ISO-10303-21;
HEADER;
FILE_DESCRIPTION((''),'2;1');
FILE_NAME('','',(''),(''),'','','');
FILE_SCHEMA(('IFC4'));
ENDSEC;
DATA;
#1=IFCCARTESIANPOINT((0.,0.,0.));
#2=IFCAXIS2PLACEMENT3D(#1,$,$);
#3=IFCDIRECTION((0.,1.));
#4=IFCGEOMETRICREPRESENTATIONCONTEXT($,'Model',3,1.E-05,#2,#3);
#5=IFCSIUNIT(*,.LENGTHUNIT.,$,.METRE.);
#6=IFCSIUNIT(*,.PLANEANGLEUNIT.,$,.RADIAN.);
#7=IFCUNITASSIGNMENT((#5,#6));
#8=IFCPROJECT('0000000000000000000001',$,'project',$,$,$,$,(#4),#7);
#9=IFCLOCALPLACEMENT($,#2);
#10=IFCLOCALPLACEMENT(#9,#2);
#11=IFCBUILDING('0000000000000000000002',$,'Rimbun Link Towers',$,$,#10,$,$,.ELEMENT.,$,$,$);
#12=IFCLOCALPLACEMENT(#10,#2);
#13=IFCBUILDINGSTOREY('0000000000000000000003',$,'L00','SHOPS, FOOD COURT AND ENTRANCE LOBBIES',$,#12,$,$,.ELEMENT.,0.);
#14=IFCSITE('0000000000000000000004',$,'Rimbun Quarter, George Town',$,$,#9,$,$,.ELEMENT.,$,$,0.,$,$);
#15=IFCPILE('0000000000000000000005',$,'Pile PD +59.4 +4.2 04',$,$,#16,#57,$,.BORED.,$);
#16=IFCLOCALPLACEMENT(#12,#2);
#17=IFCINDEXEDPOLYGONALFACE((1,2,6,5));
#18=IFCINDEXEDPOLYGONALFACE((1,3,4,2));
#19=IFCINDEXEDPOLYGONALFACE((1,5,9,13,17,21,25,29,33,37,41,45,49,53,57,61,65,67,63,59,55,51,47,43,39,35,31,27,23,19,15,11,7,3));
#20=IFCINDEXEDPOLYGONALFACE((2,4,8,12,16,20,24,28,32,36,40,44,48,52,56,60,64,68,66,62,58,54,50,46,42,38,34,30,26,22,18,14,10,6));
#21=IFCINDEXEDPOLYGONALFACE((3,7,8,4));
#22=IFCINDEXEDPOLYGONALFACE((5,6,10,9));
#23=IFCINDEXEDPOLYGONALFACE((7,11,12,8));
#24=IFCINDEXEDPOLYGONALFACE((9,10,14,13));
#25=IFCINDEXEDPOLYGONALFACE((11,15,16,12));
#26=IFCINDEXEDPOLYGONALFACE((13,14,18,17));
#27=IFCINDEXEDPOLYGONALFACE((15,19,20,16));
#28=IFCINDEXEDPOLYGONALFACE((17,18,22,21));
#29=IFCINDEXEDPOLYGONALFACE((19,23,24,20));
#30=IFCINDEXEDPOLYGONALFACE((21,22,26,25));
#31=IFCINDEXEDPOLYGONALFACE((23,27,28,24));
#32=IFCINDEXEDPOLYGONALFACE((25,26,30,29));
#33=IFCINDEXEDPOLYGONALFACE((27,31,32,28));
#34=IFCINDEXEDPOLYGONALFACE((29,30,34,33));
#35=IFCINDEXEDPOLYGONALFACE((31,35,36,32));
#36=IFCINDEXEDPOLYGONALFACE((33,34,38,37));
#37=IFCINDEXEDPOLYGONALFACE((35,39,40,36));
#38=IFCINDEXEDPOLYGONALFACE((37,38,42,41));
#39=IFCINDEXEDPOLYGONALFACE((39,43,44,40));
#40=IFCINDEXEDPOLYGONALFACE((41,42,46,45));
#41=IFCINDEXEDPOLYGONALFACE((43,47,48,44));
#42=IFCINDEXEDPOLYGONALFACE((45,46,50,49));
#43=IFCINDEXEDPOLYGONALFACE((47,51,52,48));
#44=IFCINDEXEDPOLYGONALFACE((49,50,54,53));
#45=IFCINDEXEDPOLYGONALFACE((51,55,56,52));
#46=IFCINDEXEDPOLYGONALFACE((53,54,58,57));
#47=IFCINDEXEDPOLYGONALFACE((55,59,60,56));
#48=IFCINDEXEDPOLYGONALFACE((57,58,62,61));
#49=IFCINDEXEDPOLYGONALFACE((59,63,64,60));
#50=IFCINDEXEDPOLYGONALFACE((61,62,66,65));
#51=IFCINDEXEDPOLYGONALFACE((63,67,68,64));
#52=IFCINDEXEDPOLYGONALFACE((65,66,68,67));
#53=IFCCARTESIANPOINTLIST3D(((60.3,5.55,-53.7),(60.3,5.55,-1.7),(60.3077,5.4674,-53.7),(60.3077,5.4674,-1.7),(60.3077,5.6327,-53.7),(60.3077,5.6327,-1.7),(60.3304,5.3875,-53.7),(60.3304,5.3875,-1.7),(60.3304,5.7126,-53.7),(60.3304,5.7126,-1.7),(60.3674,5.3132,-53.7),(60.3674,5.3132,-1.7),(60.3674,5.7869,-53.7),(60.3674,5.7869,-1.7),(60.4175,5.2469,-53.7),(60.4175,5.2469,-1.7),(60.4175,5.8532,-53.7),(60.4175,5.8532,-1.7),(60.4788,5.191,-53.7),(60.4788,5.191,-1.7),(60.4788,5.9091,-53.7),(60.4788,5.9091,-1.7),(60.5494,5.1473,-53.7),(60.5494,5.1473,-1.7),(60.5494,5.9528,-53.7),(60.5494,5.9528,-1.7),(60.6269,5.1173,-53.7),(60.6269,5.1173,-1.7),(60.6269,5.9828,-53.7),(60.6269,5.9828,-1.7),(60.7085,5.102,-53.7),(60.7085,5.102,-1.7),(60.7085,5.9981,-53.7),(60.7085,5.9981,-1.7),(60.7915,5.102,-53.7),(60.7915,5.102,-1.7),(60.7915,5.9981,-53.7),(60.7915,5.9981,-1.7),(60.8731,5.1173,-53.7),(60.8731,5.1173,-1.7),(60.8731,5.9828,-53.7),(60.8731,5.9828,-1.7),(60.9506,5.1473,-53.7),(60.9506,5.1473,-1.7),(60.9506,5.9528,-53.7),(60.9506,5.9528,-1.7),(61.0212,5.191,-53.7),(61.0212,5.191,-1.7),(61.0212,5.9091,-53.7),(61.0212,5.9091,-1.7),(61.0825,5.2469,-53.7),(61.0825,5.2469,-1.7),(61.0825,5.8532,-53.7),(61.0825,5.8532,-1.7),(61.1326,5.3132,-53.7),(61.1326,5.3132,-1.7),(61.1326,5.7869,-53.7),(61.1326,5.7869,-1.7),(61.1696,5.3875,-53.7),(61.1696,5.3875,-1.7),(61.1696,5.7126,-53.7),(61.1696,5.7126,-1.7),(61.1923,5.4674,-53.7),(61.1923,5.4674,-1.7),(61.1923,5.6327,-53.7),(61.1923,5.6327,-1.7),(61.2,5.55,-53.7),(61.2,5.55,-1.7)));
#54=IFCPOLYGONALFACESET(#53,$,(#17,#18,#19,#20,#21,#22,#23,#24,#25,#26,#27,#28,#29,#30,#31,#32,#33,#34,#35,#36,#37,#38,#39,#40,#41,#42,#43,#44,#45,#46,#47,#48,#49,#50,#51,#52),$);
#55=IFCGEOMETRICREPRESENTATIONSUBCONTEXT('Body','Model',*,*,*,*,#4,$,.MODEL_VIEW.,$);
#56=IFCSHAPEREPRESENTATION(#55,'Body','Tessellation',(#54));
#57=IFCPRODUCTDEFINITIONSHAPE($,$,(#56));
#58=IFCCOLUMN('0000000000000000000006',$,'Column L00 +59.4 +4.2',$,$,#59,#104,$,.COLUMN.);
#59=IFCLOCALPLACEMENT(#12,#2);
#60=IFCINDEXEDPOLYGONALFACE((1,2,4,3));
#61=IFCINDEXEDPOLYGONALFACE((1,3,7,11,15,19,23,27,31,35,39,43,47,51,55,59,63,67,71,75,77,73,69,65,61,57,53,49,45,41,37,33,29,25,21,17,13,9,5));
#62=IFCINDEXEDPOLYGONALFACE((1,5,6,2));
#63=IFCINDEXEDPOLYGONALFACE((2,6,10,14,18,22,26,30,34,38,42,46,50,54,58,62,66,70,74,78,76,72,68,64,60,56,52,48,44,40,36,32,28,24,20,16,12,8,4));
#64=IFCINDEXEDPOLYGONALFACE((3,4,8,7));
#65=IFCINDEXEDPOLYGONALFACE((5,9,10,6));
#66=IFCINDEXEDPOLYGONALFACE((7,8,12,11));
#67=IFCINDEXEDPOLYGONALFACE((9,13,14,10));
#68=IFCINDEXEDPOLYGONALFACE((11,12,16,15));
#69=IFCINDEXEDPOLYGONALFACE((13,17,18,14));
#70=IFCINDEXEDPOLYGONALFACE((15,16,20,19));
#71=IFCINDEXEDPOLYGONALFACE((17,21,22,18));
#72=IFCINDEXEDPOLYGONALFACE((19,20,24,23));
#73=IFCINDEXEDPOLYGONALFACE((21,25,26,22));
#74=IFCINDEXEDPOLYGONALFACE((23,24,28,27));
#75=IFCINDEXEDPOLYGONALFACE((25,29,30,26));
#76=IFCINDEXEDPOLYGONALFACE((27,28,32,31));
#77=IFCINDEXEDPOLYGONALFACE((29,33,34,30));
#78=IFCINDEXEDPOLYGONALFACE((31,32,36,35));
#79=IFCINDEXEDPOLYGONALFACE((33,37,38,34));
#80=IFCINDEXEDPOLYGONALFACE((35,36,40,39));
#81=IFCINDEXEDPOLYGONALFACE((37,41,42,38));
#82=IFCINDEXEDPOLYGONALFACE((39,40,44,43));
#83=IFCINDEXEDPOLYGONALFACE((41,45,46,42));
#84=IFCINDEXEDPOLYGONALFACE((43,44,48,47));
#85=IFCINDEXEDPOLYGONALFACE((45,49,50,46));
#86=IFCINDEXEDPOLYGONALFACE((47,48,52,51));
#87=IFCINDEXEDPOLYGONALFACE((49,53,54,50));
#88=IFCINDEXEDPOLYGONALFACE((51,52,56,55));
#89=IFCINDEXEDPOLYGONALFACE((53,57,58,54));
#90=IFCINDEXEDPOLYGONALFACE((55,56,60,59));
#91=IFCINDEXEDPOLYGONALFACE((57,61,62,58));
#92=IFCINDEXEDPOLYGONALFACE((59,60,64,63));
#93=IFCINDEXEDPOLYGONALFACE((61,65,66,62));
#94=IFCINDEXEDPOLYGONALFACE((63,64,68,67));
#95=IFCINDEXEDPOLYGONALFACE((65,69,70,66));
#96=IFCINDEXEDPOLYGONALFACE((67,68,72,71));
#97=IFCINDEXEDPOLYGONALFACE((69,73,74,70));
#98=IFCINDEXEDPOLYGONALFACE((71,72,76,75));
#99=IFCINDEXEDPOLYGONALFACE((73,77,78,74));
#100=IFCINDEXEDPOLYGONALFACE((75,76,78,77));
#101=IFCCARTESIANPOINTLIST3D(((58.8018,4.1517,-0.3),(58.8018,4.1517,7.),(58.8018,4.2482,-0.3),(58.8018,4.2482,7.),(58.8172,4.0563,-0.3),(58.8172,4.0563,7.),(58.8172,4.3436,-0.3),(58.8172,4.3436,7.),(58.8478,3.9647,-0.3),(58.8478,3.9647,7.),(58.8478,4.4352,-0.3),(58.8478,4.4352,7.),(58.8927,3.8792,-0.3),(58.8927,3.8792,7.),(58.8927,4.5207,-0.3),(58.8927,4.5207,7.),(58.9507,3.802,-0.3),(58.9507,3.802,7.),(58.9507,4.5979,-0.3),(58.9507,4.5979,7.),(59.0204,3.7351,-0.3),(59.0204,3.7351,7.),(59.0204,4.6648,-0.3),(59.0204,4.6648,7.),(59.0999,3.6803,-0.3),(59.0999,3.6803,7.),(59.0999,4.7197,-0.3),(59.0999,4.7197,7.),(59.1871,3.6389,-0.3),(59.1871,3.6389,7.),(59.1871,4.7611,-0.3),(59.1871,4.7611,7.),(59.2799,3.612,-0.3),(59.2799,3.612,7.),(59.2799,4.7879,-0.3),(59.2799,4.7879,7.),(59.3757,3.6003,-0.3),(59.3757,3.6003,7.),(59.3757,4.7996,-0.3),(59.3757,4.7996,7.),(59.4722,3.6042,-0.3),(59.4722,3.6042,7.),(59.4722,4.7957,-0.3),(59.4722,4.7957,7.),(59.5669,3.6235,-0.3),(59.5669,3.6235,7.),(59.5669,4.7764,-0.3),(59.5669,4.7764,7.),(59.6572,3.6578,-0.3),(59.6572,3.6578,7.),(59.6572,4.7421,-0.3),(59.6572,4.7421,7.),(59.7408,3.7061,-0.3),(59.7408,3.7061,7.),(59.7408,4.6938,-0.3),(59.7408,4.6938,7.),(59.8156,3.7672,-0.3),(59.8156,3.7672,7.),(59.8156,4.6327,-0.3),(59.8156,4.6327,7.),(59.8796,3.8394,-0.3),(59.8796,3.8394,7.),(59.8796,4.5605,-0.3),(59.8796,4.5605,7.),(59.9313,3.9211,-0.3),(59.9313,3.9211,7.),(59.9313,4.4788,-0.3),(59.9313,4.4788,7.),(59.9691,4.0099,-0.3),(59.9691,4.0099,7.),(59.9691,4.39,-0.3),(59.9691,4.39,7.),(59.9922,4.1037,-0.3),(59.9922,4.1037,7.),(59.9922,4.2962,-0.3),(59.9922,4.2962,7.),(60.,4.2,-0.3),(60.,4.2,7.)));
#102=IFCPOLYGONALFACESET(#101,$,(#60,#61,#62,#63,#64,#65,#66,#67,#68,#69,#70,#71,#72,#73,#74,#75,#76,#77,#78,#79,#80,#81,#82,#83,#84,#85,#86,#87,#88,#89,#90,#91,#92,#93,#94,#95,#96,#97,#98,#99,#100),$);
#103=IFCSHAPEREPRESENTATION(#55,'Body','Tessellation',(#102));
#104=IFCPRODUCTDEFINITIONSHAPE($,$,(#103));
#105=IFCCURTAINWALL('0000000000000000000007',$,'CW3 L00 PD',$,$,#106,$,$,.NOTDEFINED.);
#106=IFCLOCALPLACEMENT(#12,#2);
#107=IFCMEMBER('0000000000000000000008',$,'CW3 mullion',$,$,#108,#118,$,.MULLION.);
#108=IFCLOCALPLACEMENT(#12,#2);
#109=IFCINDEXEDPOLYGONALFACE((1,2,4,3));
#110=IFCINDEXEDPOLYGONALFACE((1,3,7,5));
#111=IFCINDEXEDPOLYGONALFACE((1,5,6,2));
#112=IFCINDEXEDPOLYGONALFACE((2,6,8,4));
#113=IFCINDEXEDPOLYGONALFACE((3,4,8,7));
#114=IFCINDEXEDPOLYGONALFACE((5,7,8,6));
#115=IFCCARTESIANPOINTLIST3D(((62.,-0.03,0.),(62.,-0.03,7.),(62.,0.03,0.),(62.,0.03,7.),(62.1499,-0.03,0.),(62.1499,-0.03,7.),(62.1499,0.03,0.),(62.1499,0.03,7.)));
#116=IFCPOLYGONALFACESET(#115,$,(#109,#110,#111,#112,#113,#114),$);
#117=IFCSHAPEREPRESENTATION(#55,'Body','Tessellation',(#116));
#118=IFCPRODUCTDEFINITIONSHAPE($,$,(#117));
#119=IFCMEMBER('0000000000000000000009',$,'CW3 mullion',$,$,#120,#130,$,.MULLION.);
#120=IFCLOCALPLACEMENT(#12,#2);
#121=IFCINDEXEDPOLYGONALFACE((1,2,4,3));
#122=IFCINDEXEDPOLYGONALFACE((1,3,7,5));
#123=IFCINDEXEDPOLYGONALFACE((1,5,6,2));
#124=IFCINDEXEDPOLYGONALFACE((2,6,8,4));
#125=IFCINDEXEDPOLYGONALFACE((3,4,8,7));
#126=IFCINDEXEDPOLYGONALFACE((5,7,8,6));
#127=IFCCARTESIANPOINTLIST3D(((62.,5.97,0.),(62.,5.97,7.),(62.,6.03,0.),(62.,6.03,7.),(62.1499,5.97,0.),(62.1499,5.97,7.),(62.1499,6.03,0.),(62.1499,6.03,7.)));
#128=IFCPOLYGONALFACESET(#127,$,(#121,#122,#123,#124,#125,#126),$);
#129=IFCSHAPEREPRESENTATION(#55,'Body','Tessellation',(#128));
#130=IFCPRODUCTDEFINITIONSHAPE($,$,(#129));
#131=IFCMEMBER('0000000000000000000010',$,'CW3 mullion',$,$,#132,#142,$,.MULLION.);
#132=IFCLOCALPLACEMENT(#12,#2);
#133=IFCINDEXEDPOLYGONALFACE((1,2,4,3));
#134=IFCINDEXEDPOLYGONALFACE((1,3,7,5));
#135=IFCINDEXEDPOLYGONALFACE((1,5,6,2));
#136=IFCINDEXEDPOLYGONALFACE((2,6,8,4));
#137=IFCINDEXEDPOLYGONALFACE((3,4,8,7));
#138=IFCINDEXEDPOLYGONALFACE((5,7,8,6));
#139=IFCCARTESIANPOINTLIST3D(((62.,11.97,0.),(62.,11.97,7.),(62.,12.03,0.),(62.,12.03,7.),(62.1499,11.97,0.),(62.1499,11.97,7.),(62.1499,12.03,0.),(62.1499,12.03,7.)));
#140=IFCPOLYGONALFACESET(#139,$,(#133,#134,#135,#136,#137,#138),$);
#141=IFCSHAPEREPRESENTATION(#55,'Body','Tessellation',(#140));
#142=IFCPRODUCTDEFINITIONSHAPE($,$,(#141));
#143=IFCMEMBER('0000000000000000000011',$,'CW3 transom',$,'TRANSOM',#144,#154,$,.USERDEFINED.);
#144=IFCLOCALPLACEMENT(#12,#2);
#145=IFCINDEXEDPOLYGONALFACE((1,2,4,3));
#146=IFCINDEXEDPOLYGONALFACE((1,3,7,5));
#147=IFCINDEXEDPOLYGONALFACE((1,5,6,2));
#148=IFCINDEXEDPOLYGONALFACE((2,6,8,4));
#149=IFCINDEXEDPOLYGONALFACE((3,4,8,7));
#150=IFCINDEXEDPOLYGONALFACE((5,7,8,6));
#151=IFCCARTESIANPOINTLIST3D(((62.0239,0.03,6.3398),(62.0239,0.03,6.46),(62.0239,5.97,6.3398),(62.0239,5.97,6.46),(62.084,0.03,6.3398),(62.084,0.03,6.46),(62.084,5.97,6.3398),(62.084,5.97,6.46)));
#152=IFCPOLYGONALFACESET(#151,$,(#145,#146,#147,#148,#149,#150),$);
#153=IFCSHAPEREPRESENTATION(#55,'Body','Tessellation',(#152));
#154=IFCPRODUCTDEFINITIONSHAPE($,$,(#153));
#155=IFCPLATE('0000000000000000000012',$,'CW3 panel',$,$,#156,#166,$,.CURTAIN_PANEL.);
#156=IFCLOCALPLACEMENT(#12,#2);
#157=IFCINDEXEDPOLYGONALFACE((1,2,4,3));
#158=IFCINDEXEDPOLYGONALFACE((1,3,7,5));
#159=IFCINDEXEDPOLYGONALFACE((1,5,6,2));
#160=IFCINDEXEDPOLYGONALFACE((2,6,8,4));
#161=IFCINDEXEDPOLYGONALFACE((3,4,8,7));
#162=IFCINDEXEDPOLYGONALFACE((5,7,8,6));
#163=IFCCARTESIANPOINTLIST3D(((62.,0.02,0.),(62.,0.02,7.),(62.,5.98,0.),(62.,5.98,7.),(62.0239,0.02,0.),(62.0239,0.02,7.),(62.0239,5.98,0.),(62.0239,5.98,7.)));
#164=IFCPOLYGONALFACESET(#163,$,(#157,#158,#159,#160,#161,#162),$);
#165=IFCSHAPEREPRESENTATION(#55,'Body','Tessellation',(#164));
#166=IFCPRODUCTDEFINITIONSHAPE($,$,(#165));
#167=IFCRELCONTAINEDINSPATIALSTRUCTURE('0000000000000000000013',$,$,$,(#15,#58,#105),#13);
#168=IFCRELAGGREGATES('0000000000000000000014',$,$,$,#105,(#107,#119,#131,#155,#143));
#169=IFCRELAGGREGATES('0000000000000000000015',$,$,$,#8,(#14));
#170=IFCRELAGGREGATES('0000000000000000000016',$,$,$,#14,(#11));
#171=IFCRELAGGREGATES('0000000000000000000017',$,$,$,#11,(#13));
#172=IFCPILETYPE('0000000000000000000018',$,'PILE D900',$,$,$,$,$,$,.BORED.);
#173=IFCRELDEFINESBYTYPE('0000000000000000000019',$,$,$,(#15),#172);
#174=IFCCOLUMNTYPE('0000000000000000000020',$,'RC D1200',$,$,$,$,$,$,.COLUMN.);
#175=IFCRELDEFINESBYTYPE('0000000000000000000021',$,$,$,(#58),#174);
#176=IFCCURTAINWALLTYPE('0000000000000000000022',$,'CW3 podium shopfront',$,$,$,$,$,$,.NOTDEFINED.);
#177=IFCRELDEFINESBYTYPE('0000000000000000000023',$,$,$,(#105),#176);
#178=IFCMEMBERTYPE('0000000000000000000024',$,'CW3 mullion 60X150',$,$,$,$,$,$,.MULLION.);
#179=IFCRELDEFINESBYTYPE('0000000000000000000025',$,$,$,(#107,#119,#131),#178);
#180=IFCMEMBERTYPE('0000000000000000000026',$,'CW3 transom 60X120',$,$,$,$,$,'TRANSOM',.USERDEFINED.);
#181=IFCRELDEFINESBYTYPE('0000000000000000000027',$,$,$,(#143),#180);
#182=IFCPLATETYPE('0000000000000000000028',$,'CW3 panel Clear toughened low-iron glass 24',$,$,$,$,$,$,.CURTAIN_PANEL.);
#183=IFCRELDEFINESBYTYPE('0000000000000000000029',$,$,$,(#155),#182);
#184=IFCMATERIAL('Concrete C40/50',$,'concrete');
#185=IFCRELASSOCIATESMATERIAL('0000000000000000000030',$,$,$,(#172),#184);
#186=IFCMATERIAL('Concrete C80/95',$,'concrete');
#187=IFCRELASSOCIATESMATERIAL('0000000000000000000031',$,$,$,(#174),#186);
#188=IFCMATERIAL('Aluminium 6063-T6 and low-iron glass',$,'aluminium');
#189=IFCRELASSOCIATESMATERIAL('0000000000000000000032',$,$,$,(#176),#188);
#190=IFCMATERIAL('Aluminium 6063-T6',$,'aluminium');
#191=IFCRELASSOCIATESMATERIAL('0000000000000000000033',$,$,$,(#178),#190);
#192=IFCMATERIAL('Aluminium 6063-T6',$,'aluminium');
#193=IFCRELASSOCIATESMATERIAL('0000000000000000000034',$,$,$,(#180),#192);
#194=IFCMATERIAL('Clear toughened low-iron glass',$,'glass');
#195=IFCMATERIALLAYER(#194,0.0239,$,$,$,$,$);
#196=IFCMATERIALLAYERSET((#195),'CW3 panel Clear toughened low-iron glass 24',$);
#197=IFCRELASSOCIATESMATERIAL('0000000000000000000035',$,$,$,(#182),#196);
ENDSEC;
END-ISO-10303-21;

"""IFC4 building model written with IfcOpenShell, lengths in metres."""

from ifc_helpers import new_model, si_unit, direction, frame, origin, origin_2d, place, context, subcontext, project, spatial, rectangle, circle, extrude, material, layer, layer_set, material_profile, profile_set, type_object, element, aggregate, save


model = new_model("IFC4")

# Units and contexts
model_context = context("Model", 3, precision=1e-05, world=origin(), true_north=direction((0.0, 1.0)))
body_context = subcontext(model_context, "Body", "Model", "MODEL_VIEW")
ifc_project = project(units=[si_unit("LENGTHUNIT", "METRE"), si_unit("PLANEANGLEUNIT", "RADIAN")], contexts=[model_context])

# Site, building, storey
site_placement = place(None, origin())
site = spatial("IfcSite", under=ifc_project, at=site_placement, Name="Rimbun Quarter, George Town", CompositionType="ELEMENT", RefElevation=0.0)
building_placement = place(site_placement, origin())
building = spatial("IfcBuilding", under=site, at=building_placement, Name="Rimbun Link Towers", CompositionType="ELEMENT")
storey_placement = place(building_placement, origin())
storey = spatial("IfcBuildingStorey", under=building, at=storey_placement, Name="L00", Description="SHOPS, FOOD COURT AND ENTRANCE LOBBIES", CompositionType="ELEMENT", Elevation=0.0)

# Pile
ifc_material_1 = material(Name="Concrete C40/50", Category="concrete")
ifc_material_profile_1 = material_profile(ifc_material_1, circle(Radius=0.45, at=origin_2d()), Name="PILE D900")
ifc_profile_set_1 = profile_set([ifc_material_profile_1], Name="Concrete C40/50")
pile_type = type_object("IfcPileType", Name="PILE D900", PredefinedType="BORED", material=ifc_profile_set_1)
for number, where, z_axis, x_axis, name in (
    (1, (60.75, 5.55, -1.7), (0.0, 0.0, -1.0), (1.0, 0.0, 0.0), "Pile PD +59.4 +4.2 04"),
):
    element("IfcPile", number, at=place(storey_placement, frame(where, z_axis=z_axis, x_axis=x_axis)), inside=storey, type_object=pile_type, Name=name, PredefinedType="BORED", context=body_context, shape_type="SweptSolid", body=[
        extrude(circle(Radius=0.45, at=origin_2d()), origin(), (0.0, 0.0, 1.0), 52.0),
    ])

# Column
ifc_material_2 = material(Name="Concrete C80/95", Category="concrete")
ifc_material_profile_2 = material_profile(ifc_material_2, circle(Radius=0.6001, at=origin_2d()), Name="RC D1200")
ifc_profile_set_2 = profile_set([ifc_material_profile_2], Name="Concrete C80/95")
column_type = type_object("IfcColumnType", Name="RC D1200", PredefinedType="COLUMN", material=ifc_profile_set_2)
column_placement = place(storey_placement, frame((59.3999, 4.2, -0.3), z_axis=(0.0, 0.0, 1.0), x_axis=(1.0, 0.0, 0.0)))
element("IfcColumn", 2, at=column_placement, inside=storey, type_object=column_type, Name="Column L00 +59.4 +4.2", PredefinedType="COLUMN", context=body_context, shape_type="SweptSolid", body=[
    extrude(circle(Radius=0.6001, at=origin_2d()), origin(), (0.0, 0.0, 1.0), 7.3),
])

# Curtain wall, members, plate
ifc_material_3 = material(Name="Aluminium 6063-T6 and low-iron glass", Category="aluminium")
curtain_wall_type = type_object("IfcCurtainWallType", Name="CW3 podium shopfront", PredefinedType="NOTDEFINED", material=ifc_material_3)
curtain_wall_placement = place(storey_placement, origin())
curtain_wall = element("IfcCurtainWall", 3, at=curtain_wall_placement, inside=storey, type_object=curtain_wall_type, Name="CW3 L00 PD", PredefinedType="NOTDEFINED")
ifc_material_4 = material(Name="Aluminium 6063-T6", Category="aluminium")
ifc_material_profile_3 = material_profile(ifc_material_4, rectangle(XDim=0.1499, YDim=0.0601, at=origin_2d()), Name="MULLION 60X150")
ifc_profile_set_3 = profile_set([ifc_material_profile_3], Name="Aluminium 6063-T6")
member_type_1 = type_object("IfcMemberType", Name="CW3 mullion 60X150", PredefinedType="MULLION", material=ifc_profile_set_3)
member_1_placement = place(storey_placement, frame((62.075, 0.0, 0.0), z_axis=(0.0, 0.0, 1.0), x_axis=(1.0, 0.0, 0.0)))
member_1 = element("IfcMember", 4, at=member_1_placement, type_object=member_type_1, Name="CW3 mullion", PredefinedType="MULLION", context=body_context, shape_type="SweptSolid", body=[
    extrude(rectangle(XDim=0.1499, YDim=0.0601, at=origin_2d()), origin(), (0.0, 0.0, 1.0), 7.0),
])
member_2_placement = place(storey_placement, frame((62.075, 6.0, 0.0), z_axis=(0.0, 0.0, 1.0), x_axis=(1.0, 0.0, 0.0)))
member_2 = element("IfcMember", 5, at=member_2_placement, type_object=member_type_1, Name="CW3 mullion", PredefinedType="MULLION", context=body_context, shape_type="SweptSolid", body=[
    extrude(rectangle(XDim=0.1499, YDim=0.0601, at=origin_2d()), origin(), (0.0, 0.0, 1.0), 7.0),
])
member_3_placement = place(storey_placement, frame((62.075, 12.0, 0.0), z_axis=(0.0, 0.0, 1.0), x_axis=(1.0, 0.0, 0.0)))
member_3 = element("IfcMember", 6, at=member_3_placement, type_object=member_type_1, Name="CW3 mullion", PredefinedType="MULLION", context=body_context, shape_type="SweptSolid", body=[
    extrude(rectangle(XDim=0.1499, YDim=0.0601, at=origin_2d()), origin(), (0.0, 0.0, 1.0), 7.0),
])
ifc_material_5 = material(Name="Aluminium 6063-T6", Category="aluminium")
ifc_material_profile_4 = material_profile(ifc_material_5, rectangle(XDim=0.0601, YDim=0.1201, at=origin_2d()), Name="TRANSOM 60X120")
ifc_profile_set_4 = profile_set([ifc_material_profile_4], Name="Aluminium 6063-T6")
member_type_2 = type_object("IfcMemberType", Name="CW3 transom 60X120", ElementType="TRANSOM", PredefinedType="USERDEFINED", material=ifc_profile_set_4)
member_4_placement = place(storey_placement, frame((62.054, 5.97, 6.3999), z_axis=(0.0, -1.0, 0.0), x_axis=(1.0, 0.0, 0.0)))
member_4 = element("IfcMember", 7, at=member_4_placement, type_object=member_type_2, Name="CW3 transom", ObjectType="TRANSOM", PredefinedType="USERDEFINED", context=body_context, shape_type="SweptSolid", body=[
    extrude(rectangle(XDim=0.0601, YDim=0.1201, at=origin_2d()), origin(), (0.0, 0.0, 1.0), 5.9399),
])
ifc_material_6 = material(Name="Clear toughened low-iron glass", Category="glass")
ifc_layer_1 = layer(ifc_material_6, 0.0239)
ifc_layer_set_1 = layer_set([ifc_layer_1], Name="CW3 panel Clear toughened low-iron glass 24")
plate_type = type_object("IfcPlateType", Name="CW3 panel Clear toughened low-iron glass 24", PredefinedType="CURTAIN_PANEL", material=ifc_layer_set_1)
plate_placement = place(storey_placement, frame((62.012, 3.0, 0.0), z_axis=(0.0, 0.0, 1.0), x_axis=(0.0, -1.0, 0.0)))
plate = element("IfcPlate", 8, at=plate_placement, type_object=plate_type, Name="CW3 panel", PredefinedType="CURTAIN_PANEL", context=body_context, shape_type="SweptSolid", body=[
    extrude(rectangle(XDim=5.96, YDim=0.0239, at=origin_2d()), origin(), (0.0, 0.0, 1.0), 7.0),
])
aggregate(curtain_wall, [member_1, member_2, member_3, plate, member_4])

save(model, "model.ifc")
